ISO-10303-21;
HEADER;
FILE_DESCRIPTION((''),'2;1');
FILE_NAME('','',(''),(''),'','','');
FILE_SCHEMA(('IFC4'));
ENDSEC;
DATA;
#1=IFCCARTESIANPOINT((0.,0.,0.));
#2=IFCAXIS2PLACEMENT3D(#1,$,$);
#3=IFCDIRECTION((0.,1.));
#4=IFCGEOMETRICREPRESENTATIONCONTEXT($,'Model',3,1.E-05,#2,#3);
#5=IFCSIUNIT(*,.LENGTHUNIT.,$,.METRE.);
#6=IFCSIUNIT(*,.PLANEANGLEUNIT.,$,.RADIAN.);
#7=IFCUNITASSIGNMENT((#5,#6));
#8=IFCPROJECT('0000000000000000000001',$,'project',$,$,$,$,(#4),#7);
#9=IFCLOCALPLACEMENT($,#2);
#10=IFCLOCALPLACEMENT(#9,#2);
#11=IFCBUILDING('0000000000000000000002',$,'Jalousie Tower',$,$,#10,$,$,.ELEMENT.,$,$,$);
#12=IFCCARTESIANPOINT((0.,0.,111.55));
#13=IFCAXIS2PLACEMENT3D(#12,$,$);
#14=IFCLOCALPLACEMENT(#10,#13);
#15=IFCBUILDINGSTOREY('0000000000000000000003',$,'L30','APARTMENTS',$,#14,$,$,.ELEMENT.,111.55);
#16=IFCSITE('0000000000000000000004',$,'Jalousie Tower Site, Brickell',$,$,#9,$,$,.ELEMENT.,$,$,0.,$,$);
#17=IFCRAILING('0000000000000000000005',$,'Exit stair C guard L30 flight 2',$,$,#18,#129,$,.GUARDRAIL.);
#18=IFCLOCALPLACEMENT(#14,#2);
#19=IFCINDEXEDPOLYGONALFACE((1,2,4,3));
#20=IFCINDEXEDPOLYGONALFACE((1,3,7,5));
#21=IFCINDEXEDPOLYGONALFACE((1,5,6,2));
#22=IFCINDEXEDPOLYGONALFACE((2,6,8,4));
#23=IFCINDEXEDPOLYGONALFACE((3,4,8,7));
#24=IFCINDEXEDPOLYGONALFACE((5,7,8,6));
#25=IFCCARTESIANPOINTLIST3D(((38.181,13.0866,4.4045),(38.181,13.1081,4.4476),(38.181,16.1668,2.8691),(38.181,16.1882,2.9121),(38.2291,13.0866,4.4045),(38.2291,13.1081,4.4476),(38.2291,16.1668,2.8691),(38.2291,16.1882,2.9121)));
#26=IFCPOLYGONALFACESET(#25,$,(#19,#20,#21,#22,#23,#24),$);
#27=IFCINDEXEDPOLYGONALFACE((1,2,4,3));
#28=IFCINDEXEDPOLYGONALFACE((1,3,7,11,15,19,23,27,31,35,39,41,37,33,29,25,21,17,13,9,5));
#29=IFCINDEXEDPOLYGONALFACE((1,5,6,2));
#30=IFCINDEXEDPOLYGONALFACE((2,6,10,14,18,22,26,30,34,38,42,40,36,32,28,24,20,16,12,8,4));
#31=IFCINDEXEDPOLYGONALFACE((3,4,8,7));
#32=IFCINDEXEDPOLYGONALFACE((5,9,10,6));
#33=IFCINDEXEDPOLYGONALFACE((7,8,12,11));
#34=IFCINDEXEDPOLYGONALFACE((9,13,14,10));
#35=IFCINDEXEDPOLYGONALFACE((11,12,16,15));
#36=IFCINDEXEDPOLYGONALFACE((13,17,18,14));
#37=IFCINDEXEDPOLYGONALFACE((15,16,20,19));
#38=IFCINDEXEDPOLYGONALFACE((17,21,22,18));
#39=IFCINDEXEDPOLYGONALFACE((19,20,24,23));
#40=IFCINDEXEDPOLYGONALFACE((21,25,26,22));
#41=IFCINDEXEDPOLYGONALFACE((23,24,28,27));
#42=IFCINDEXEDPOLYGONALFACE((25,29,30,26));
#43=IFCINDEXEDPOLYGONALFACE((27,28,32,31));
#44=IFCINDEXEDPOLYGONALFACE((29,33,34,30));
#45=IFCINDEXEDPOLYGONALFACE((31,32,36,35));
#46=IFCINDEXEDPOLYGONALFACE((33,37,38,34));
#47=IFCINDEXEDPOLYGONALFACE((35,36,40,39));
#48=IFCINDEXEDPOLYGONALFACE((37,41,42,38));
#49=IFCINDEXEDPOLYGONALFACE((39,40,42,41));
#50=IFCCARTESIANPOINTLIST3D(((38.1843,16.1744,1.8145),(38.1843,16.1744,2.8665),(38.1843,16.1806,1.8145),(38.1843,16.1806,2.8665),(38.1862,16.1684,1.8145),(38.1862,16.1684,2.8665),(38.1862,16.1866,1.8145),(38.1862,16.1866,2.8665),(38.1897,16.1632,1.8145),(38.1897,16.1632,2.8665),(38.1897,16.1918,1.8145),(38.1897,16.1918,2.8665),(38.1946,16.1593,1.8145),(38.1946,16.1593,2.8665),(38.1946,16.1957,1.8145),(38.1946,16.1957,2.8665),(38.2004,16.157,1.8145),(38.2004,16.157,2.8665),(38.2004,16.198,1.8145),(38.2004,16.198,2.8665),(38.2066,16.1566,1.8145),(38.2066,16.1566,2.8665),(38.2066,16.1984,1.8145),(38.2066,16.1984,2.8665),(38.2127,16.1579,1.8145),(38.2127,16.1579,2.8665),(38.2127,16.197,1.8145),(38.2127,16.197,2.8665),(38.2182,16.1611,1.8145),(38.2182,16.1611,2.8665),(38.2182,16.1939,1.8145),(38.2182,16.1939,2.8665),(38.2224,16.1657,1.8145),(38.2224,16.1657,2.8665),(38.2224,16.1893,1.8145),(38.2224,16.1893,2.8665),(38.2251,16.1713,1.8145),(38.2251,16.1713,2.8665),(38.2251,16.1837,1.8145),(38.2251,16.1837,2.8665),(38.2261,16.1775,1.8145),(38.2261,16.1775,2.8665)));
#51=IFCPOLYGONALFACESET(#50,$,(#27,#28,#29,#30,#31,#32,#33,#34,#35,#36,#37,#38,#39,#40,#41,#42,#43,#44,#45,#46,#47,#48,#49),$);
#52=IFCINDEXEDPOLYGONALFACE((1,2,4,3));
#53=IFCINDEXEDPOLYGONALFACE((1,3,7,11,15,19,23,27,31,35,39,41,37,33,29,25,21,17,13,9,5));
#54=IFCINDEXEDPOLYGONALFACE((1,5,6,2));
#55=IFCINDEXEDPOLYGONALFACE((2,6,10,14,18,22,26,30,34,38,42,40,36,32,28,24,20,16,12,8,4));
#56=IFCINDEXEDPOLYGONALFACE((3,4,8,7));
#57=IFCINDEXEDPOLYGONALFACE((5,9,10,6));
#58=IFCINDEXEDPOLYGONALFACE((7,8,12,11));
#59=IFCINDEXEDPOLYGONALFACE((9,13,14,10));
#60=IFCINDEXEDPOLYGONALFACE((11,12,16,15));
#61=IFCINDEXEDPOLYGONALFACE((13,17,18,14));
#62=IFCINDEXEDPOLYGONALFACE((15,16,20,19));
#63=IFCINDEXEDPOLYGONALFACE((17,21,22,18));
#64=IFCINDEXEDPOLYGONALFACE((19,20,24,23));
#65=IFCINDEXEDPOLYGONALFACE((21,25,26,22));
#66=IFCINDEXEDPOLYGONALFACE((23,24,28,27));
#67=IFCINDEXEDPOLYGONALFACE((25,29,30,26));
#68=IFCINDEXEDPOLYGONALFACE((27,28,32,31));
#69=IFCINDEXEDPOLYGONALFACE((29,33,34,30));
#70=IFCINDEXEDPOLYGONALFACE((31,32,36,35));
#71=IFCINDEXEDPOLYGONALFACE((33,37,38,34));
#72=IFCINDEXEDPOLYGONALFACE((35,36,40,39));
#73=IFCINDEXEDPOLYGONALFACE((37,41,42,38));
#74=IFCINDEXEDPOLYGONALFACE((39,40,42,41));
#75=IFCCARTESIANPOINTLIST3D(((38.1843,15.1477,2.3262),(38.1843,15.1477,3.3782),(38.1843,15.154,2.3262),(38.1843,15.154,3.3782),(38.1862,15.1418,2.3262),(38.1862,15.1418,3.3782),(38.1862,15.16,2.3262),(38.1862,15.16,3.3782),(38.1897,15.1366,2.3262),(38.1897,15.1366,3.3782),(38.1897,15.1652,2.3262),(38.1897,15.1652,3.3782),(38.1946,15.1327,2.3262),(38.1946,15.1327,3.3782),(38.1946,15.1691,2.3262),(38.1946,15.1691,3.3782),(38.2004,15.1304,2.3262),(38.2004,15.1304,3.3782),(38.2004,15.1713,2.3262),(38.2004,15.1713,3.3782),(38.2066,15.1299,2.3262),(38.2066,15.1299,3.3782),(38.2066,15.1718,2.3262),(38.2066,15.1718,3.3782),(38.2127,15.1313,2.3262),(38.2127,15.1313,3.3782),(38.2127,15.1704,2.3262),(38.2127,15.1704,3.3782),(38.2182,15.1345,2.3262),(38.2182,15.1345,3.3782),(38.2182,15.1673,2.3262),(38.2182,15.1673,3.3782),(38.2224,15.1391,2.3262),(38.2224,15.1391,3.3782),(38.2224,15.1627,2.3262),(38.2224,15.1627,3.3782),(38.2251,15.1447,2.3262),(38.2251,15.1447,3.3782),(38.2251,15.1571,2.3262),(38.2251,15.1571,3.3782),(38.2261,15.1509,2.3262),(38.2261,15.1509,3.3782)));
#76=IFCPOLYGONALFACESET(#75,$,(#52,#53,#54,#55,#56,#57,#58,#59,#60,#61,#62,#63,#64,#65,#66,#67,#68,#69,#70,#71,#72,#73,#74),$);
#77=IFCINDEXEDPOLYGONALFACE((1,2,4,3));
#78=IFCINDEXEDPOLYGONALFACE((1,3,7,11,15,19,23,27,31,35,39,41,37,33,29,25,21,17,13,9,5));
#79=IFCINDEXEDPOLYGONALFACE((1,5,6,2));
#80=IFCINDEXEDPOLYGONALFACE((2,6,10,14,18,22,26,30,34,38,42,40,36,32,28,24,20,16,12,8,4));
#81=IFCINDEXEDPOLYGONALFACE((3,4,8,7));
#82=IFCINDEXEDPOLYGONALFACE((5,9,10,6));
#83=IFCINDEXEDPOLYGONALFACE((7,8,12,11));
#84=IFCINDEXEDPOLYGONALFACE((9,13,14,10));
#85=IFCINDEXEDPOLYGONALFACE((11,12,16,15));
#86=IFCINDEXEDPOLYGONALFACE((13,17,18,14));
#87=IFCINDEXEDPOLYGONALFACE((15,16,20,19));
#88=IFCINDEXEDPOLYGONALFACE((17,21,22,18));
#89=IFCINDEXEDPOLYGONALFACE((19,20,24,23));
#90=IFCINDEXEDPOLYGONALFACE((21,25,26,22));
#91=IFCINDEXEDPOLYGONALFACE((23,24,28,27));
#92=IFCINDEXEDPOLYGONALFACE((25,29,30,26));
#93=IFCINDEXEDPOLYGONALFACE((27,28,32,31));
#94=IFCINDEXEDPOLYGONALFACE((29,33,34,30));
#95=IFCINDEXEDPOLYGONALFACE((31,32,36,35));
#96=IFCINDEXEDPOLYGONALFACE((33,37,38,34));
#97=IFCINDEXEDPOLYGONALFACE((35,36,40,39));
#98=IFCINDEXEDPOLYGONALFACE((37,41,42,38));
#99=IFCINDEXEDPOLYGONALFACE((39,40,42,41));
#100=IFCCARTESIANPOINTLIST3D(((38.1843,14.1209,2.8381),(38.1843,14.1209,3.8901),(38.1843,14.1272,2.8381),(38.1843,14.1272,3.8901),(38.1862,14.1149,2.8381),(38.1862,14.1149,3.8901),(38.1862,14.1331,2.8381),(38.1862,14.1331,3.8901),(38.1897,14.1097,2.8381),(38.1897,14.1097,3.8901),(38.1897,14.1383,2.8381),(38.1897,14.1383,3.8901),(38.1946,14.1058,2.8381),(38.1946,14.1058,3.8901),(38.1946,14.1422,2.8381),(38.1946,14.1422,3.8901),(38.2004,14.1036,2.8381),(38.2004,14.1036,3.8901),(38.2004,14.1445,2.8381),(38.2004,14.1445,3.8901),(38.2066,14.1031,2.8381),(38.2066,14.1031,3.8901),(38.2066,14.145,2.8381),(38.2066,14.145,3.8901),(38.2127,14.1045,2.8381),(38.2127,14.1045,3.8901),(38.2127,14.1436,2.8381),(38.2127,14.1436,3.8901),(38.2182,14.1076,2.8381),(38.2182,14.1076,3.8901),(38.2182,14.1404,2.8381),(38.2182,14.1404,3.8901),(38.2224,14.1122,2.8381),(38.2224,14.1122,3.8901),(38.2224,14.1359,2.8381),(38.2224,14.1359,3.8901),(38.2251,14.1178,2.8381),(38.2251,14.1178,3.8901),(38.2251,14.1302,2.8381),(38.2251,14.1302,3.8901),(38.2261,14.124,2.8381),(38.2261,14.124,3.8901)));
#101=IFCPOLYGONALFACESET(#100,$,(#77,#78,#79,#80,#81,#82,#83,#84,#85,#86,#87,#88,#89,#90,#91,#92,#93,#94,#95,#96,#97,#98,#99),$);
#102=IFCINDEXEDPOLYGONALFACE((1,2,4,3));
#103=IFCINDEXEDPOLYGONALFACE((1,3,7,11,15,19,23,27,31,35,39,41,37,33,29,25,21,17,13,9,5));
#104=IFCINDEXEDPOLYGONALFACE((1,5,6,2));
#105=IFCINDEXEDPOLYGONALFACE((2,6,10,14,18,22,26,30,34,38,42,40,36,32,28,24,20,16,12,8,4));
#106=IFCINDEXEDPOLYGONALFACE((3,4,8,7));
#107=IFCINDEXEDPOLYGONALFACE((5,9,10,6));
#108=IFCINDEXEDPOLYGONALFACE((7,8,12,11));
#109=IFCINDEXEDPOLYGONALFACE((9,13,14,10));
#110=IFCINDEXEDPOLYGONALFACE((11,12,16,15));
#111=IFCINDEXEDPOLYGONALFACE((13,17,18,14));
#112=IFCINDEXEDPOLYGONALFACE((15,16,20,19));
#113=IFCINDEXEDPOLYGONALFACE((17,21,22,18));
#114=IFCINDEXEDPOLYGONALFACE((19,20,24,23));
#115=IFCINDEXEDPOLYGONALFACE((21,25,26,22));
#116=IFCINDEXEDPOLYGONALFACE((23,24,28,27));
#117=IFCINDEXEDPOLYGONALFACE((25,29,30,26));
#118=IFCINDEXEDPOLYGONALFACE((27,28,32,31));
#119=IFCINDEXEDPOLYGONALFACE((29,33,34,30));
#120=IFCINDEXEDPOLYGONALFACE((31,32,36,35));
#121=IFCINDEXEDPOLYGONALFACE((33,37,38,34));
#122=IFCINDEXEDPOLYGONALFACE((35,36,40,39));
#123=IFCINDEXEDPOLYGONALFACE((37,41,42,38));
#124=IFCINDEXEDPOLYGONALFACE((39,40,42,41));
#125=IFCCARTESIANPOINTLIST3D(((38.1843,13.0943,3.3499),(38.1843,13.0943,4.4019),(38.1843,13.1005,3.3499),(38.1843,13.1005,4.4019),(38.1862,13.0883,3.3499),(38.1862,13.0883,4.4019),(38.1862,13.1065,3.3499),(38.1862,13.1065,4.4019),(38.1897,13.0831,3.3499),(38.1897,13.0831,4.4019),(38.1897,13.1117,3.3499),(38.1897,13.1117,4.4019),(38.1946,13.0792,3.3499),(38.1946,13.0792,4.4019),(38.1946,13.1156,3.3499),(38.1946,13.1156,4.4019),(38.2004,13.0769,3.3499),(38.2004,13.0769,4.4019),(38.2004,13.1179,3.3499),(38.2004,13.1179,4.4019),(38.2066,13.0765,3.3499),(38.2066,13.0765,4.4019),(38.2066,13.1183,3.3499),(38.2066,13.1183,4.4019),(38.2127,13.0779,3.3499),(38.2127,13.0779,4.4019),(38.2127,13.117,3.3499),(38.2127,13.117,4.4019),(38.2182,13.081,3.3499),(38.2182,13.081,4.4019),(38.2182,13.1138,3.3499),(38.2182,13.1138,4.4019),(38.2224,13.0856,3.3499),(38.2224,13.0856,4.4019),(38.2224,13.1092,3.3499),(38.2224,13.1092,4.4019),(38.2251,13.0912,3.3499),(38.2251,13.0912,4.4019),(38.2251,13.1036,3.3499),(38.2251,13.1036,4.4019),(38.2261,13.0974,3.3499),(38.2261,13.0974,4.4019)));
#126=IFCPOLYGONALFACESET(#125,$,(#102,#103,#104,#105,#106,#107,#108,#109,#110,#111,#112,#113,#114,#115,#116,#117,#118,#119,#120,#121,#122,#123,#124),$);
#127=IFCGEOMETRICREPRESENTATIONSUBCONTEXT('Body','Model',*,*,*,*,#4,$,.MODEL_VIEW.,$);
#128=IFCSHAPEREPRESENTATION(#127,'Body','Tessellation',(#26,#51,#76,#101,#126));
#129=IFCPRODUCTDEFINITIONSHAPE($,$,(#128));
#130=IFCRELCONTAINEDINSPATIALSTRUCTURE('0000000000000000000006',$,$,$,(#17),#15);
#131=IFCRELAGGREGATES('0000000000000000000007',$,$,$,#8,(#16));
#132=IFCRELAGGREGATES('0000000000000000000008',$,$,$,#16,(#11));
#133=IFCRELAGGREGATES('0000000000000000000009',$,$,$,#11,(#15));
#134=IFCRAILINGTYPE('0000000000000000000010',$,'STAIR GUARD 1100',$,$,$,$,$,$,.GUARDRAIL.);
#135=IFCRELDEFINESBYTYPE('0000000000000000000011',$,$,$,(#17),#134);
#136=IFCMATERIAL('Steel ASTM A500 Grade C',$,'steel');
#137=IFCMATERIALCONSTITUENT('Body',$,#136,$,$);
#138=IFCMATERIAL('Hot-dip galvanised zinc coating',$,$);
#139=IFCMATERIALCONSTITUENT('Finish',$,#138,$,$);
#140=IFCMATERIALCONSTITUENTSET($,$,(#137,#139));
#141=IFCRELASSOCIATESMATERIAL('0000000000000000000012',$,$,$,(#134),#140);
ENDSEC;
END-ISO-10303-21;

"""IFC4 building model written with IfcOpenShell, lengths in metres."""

from ifc_helpers import new_model, si_unit, direction, frame, origin, origin_2d, place, context, subcontext, project, spatial, rectangle, circle, extrude, material, constituent, constituent_set, type_object, element, save


model = new_model("IFC4")

# Units and contexts
model_context = context("Model", 3, precision=1e-05, world=origin(), true_north=direction((0.0, 1.0)))
body_context = subcontext(model_context, "Body", "Model", "MODEL_VIEW")
ifc_project = project(units=[si_unit("LENGTHUNIT", "METRE"), si_unit("PLANEANGLEUNIT", "RADIAN")], contexts=[model_context])

# Site, building, storey
site_placement = place(None, origin())
site = spatial("IfcSite", under=ifc_project, at=site_placement, Name="Jalousie Tower Site, Brickell", CompositionType="ELEMENT", RefElevation=0.0)
building_placement = place(site_placement, origin())
building = spatial("IfcBuilding", under=site, at=building_placement, Name="Jalousie Tower", CompositionType="ELEMENT")
storey_placement = place(building_placement, frame((0.0, 0.0, 111.55)))
storey = spatial("IfcBuildingStorey", under=building, at=storey_placement, Name="L30", Description="APARTMENTS", CompositionType="ELEMENT", Elevation=111.55)

# Railing
ifc_material_1 = material(Name="Steel ASTM A500 Grade C", Category="steel")
ifc_constituent_1 = constituent(ifc_material_1, Name="Body")
ifc_material_2 = material(Name="Hot-dip galvanised zinc coating")
ifc_constituent_2 = constituent(ifc_material_2, Name="Finish")
ifc_constituent_set_1 = constituent_set(constituents=[ifc_constituent_1, ifc_constituent_2])
railing_type_1 = type_object("IfcRailingType", Name="STAIR GUARD 1100", PredefinedType="GUARDRAIL", material=ifc_constituent_set_1)
railing_1_placement = place(storey_placement, frame((38.2051, 16.1775, 1.8145)))
element("IfcRailing", 1, at=railing_1_placement, inside=storey, type_object=railing_type_1, Name="Exit stair C guard L30 flight 2", PredefinedType="GUARDRAIL", context=body_context, shape_type="SweptSolid", body=[
    extrude(rectangle(XDim=0.0481, YDim=0.0481, at=origin_2d()), frame((0.0, 0.0, 1.0762), z_axis=(0.0, -0.894966, 0.446135), x_axis=(1.0, 0.0, 0.0)), (0.0, 0.0, 1.0), 3.4417),
    extrude(circle(Radius=0.021, at=origin_2d()), origin(), (0.0, 0.0, 1.0), 1.052),
    extrude(circle(Radius=0.021, at=origin_2d()), frame((0.0, -1.0266, 0.5117)), (0.0, 0.0, 1.0), 1.052),
    extrude(circle(Radius=0.021, at=origin_2d()), frame((0.0, -2.0535, 1.0237)), (0.0, 0.0, 1.0), 1.052),
    extrude(circle(Radius=0.021, at=origin_2d()), frame((0.0, -3.0801, 1.5354)), (0.0, 0.0, 1.0), 1.052),
])

save(model, "model.ifc")
